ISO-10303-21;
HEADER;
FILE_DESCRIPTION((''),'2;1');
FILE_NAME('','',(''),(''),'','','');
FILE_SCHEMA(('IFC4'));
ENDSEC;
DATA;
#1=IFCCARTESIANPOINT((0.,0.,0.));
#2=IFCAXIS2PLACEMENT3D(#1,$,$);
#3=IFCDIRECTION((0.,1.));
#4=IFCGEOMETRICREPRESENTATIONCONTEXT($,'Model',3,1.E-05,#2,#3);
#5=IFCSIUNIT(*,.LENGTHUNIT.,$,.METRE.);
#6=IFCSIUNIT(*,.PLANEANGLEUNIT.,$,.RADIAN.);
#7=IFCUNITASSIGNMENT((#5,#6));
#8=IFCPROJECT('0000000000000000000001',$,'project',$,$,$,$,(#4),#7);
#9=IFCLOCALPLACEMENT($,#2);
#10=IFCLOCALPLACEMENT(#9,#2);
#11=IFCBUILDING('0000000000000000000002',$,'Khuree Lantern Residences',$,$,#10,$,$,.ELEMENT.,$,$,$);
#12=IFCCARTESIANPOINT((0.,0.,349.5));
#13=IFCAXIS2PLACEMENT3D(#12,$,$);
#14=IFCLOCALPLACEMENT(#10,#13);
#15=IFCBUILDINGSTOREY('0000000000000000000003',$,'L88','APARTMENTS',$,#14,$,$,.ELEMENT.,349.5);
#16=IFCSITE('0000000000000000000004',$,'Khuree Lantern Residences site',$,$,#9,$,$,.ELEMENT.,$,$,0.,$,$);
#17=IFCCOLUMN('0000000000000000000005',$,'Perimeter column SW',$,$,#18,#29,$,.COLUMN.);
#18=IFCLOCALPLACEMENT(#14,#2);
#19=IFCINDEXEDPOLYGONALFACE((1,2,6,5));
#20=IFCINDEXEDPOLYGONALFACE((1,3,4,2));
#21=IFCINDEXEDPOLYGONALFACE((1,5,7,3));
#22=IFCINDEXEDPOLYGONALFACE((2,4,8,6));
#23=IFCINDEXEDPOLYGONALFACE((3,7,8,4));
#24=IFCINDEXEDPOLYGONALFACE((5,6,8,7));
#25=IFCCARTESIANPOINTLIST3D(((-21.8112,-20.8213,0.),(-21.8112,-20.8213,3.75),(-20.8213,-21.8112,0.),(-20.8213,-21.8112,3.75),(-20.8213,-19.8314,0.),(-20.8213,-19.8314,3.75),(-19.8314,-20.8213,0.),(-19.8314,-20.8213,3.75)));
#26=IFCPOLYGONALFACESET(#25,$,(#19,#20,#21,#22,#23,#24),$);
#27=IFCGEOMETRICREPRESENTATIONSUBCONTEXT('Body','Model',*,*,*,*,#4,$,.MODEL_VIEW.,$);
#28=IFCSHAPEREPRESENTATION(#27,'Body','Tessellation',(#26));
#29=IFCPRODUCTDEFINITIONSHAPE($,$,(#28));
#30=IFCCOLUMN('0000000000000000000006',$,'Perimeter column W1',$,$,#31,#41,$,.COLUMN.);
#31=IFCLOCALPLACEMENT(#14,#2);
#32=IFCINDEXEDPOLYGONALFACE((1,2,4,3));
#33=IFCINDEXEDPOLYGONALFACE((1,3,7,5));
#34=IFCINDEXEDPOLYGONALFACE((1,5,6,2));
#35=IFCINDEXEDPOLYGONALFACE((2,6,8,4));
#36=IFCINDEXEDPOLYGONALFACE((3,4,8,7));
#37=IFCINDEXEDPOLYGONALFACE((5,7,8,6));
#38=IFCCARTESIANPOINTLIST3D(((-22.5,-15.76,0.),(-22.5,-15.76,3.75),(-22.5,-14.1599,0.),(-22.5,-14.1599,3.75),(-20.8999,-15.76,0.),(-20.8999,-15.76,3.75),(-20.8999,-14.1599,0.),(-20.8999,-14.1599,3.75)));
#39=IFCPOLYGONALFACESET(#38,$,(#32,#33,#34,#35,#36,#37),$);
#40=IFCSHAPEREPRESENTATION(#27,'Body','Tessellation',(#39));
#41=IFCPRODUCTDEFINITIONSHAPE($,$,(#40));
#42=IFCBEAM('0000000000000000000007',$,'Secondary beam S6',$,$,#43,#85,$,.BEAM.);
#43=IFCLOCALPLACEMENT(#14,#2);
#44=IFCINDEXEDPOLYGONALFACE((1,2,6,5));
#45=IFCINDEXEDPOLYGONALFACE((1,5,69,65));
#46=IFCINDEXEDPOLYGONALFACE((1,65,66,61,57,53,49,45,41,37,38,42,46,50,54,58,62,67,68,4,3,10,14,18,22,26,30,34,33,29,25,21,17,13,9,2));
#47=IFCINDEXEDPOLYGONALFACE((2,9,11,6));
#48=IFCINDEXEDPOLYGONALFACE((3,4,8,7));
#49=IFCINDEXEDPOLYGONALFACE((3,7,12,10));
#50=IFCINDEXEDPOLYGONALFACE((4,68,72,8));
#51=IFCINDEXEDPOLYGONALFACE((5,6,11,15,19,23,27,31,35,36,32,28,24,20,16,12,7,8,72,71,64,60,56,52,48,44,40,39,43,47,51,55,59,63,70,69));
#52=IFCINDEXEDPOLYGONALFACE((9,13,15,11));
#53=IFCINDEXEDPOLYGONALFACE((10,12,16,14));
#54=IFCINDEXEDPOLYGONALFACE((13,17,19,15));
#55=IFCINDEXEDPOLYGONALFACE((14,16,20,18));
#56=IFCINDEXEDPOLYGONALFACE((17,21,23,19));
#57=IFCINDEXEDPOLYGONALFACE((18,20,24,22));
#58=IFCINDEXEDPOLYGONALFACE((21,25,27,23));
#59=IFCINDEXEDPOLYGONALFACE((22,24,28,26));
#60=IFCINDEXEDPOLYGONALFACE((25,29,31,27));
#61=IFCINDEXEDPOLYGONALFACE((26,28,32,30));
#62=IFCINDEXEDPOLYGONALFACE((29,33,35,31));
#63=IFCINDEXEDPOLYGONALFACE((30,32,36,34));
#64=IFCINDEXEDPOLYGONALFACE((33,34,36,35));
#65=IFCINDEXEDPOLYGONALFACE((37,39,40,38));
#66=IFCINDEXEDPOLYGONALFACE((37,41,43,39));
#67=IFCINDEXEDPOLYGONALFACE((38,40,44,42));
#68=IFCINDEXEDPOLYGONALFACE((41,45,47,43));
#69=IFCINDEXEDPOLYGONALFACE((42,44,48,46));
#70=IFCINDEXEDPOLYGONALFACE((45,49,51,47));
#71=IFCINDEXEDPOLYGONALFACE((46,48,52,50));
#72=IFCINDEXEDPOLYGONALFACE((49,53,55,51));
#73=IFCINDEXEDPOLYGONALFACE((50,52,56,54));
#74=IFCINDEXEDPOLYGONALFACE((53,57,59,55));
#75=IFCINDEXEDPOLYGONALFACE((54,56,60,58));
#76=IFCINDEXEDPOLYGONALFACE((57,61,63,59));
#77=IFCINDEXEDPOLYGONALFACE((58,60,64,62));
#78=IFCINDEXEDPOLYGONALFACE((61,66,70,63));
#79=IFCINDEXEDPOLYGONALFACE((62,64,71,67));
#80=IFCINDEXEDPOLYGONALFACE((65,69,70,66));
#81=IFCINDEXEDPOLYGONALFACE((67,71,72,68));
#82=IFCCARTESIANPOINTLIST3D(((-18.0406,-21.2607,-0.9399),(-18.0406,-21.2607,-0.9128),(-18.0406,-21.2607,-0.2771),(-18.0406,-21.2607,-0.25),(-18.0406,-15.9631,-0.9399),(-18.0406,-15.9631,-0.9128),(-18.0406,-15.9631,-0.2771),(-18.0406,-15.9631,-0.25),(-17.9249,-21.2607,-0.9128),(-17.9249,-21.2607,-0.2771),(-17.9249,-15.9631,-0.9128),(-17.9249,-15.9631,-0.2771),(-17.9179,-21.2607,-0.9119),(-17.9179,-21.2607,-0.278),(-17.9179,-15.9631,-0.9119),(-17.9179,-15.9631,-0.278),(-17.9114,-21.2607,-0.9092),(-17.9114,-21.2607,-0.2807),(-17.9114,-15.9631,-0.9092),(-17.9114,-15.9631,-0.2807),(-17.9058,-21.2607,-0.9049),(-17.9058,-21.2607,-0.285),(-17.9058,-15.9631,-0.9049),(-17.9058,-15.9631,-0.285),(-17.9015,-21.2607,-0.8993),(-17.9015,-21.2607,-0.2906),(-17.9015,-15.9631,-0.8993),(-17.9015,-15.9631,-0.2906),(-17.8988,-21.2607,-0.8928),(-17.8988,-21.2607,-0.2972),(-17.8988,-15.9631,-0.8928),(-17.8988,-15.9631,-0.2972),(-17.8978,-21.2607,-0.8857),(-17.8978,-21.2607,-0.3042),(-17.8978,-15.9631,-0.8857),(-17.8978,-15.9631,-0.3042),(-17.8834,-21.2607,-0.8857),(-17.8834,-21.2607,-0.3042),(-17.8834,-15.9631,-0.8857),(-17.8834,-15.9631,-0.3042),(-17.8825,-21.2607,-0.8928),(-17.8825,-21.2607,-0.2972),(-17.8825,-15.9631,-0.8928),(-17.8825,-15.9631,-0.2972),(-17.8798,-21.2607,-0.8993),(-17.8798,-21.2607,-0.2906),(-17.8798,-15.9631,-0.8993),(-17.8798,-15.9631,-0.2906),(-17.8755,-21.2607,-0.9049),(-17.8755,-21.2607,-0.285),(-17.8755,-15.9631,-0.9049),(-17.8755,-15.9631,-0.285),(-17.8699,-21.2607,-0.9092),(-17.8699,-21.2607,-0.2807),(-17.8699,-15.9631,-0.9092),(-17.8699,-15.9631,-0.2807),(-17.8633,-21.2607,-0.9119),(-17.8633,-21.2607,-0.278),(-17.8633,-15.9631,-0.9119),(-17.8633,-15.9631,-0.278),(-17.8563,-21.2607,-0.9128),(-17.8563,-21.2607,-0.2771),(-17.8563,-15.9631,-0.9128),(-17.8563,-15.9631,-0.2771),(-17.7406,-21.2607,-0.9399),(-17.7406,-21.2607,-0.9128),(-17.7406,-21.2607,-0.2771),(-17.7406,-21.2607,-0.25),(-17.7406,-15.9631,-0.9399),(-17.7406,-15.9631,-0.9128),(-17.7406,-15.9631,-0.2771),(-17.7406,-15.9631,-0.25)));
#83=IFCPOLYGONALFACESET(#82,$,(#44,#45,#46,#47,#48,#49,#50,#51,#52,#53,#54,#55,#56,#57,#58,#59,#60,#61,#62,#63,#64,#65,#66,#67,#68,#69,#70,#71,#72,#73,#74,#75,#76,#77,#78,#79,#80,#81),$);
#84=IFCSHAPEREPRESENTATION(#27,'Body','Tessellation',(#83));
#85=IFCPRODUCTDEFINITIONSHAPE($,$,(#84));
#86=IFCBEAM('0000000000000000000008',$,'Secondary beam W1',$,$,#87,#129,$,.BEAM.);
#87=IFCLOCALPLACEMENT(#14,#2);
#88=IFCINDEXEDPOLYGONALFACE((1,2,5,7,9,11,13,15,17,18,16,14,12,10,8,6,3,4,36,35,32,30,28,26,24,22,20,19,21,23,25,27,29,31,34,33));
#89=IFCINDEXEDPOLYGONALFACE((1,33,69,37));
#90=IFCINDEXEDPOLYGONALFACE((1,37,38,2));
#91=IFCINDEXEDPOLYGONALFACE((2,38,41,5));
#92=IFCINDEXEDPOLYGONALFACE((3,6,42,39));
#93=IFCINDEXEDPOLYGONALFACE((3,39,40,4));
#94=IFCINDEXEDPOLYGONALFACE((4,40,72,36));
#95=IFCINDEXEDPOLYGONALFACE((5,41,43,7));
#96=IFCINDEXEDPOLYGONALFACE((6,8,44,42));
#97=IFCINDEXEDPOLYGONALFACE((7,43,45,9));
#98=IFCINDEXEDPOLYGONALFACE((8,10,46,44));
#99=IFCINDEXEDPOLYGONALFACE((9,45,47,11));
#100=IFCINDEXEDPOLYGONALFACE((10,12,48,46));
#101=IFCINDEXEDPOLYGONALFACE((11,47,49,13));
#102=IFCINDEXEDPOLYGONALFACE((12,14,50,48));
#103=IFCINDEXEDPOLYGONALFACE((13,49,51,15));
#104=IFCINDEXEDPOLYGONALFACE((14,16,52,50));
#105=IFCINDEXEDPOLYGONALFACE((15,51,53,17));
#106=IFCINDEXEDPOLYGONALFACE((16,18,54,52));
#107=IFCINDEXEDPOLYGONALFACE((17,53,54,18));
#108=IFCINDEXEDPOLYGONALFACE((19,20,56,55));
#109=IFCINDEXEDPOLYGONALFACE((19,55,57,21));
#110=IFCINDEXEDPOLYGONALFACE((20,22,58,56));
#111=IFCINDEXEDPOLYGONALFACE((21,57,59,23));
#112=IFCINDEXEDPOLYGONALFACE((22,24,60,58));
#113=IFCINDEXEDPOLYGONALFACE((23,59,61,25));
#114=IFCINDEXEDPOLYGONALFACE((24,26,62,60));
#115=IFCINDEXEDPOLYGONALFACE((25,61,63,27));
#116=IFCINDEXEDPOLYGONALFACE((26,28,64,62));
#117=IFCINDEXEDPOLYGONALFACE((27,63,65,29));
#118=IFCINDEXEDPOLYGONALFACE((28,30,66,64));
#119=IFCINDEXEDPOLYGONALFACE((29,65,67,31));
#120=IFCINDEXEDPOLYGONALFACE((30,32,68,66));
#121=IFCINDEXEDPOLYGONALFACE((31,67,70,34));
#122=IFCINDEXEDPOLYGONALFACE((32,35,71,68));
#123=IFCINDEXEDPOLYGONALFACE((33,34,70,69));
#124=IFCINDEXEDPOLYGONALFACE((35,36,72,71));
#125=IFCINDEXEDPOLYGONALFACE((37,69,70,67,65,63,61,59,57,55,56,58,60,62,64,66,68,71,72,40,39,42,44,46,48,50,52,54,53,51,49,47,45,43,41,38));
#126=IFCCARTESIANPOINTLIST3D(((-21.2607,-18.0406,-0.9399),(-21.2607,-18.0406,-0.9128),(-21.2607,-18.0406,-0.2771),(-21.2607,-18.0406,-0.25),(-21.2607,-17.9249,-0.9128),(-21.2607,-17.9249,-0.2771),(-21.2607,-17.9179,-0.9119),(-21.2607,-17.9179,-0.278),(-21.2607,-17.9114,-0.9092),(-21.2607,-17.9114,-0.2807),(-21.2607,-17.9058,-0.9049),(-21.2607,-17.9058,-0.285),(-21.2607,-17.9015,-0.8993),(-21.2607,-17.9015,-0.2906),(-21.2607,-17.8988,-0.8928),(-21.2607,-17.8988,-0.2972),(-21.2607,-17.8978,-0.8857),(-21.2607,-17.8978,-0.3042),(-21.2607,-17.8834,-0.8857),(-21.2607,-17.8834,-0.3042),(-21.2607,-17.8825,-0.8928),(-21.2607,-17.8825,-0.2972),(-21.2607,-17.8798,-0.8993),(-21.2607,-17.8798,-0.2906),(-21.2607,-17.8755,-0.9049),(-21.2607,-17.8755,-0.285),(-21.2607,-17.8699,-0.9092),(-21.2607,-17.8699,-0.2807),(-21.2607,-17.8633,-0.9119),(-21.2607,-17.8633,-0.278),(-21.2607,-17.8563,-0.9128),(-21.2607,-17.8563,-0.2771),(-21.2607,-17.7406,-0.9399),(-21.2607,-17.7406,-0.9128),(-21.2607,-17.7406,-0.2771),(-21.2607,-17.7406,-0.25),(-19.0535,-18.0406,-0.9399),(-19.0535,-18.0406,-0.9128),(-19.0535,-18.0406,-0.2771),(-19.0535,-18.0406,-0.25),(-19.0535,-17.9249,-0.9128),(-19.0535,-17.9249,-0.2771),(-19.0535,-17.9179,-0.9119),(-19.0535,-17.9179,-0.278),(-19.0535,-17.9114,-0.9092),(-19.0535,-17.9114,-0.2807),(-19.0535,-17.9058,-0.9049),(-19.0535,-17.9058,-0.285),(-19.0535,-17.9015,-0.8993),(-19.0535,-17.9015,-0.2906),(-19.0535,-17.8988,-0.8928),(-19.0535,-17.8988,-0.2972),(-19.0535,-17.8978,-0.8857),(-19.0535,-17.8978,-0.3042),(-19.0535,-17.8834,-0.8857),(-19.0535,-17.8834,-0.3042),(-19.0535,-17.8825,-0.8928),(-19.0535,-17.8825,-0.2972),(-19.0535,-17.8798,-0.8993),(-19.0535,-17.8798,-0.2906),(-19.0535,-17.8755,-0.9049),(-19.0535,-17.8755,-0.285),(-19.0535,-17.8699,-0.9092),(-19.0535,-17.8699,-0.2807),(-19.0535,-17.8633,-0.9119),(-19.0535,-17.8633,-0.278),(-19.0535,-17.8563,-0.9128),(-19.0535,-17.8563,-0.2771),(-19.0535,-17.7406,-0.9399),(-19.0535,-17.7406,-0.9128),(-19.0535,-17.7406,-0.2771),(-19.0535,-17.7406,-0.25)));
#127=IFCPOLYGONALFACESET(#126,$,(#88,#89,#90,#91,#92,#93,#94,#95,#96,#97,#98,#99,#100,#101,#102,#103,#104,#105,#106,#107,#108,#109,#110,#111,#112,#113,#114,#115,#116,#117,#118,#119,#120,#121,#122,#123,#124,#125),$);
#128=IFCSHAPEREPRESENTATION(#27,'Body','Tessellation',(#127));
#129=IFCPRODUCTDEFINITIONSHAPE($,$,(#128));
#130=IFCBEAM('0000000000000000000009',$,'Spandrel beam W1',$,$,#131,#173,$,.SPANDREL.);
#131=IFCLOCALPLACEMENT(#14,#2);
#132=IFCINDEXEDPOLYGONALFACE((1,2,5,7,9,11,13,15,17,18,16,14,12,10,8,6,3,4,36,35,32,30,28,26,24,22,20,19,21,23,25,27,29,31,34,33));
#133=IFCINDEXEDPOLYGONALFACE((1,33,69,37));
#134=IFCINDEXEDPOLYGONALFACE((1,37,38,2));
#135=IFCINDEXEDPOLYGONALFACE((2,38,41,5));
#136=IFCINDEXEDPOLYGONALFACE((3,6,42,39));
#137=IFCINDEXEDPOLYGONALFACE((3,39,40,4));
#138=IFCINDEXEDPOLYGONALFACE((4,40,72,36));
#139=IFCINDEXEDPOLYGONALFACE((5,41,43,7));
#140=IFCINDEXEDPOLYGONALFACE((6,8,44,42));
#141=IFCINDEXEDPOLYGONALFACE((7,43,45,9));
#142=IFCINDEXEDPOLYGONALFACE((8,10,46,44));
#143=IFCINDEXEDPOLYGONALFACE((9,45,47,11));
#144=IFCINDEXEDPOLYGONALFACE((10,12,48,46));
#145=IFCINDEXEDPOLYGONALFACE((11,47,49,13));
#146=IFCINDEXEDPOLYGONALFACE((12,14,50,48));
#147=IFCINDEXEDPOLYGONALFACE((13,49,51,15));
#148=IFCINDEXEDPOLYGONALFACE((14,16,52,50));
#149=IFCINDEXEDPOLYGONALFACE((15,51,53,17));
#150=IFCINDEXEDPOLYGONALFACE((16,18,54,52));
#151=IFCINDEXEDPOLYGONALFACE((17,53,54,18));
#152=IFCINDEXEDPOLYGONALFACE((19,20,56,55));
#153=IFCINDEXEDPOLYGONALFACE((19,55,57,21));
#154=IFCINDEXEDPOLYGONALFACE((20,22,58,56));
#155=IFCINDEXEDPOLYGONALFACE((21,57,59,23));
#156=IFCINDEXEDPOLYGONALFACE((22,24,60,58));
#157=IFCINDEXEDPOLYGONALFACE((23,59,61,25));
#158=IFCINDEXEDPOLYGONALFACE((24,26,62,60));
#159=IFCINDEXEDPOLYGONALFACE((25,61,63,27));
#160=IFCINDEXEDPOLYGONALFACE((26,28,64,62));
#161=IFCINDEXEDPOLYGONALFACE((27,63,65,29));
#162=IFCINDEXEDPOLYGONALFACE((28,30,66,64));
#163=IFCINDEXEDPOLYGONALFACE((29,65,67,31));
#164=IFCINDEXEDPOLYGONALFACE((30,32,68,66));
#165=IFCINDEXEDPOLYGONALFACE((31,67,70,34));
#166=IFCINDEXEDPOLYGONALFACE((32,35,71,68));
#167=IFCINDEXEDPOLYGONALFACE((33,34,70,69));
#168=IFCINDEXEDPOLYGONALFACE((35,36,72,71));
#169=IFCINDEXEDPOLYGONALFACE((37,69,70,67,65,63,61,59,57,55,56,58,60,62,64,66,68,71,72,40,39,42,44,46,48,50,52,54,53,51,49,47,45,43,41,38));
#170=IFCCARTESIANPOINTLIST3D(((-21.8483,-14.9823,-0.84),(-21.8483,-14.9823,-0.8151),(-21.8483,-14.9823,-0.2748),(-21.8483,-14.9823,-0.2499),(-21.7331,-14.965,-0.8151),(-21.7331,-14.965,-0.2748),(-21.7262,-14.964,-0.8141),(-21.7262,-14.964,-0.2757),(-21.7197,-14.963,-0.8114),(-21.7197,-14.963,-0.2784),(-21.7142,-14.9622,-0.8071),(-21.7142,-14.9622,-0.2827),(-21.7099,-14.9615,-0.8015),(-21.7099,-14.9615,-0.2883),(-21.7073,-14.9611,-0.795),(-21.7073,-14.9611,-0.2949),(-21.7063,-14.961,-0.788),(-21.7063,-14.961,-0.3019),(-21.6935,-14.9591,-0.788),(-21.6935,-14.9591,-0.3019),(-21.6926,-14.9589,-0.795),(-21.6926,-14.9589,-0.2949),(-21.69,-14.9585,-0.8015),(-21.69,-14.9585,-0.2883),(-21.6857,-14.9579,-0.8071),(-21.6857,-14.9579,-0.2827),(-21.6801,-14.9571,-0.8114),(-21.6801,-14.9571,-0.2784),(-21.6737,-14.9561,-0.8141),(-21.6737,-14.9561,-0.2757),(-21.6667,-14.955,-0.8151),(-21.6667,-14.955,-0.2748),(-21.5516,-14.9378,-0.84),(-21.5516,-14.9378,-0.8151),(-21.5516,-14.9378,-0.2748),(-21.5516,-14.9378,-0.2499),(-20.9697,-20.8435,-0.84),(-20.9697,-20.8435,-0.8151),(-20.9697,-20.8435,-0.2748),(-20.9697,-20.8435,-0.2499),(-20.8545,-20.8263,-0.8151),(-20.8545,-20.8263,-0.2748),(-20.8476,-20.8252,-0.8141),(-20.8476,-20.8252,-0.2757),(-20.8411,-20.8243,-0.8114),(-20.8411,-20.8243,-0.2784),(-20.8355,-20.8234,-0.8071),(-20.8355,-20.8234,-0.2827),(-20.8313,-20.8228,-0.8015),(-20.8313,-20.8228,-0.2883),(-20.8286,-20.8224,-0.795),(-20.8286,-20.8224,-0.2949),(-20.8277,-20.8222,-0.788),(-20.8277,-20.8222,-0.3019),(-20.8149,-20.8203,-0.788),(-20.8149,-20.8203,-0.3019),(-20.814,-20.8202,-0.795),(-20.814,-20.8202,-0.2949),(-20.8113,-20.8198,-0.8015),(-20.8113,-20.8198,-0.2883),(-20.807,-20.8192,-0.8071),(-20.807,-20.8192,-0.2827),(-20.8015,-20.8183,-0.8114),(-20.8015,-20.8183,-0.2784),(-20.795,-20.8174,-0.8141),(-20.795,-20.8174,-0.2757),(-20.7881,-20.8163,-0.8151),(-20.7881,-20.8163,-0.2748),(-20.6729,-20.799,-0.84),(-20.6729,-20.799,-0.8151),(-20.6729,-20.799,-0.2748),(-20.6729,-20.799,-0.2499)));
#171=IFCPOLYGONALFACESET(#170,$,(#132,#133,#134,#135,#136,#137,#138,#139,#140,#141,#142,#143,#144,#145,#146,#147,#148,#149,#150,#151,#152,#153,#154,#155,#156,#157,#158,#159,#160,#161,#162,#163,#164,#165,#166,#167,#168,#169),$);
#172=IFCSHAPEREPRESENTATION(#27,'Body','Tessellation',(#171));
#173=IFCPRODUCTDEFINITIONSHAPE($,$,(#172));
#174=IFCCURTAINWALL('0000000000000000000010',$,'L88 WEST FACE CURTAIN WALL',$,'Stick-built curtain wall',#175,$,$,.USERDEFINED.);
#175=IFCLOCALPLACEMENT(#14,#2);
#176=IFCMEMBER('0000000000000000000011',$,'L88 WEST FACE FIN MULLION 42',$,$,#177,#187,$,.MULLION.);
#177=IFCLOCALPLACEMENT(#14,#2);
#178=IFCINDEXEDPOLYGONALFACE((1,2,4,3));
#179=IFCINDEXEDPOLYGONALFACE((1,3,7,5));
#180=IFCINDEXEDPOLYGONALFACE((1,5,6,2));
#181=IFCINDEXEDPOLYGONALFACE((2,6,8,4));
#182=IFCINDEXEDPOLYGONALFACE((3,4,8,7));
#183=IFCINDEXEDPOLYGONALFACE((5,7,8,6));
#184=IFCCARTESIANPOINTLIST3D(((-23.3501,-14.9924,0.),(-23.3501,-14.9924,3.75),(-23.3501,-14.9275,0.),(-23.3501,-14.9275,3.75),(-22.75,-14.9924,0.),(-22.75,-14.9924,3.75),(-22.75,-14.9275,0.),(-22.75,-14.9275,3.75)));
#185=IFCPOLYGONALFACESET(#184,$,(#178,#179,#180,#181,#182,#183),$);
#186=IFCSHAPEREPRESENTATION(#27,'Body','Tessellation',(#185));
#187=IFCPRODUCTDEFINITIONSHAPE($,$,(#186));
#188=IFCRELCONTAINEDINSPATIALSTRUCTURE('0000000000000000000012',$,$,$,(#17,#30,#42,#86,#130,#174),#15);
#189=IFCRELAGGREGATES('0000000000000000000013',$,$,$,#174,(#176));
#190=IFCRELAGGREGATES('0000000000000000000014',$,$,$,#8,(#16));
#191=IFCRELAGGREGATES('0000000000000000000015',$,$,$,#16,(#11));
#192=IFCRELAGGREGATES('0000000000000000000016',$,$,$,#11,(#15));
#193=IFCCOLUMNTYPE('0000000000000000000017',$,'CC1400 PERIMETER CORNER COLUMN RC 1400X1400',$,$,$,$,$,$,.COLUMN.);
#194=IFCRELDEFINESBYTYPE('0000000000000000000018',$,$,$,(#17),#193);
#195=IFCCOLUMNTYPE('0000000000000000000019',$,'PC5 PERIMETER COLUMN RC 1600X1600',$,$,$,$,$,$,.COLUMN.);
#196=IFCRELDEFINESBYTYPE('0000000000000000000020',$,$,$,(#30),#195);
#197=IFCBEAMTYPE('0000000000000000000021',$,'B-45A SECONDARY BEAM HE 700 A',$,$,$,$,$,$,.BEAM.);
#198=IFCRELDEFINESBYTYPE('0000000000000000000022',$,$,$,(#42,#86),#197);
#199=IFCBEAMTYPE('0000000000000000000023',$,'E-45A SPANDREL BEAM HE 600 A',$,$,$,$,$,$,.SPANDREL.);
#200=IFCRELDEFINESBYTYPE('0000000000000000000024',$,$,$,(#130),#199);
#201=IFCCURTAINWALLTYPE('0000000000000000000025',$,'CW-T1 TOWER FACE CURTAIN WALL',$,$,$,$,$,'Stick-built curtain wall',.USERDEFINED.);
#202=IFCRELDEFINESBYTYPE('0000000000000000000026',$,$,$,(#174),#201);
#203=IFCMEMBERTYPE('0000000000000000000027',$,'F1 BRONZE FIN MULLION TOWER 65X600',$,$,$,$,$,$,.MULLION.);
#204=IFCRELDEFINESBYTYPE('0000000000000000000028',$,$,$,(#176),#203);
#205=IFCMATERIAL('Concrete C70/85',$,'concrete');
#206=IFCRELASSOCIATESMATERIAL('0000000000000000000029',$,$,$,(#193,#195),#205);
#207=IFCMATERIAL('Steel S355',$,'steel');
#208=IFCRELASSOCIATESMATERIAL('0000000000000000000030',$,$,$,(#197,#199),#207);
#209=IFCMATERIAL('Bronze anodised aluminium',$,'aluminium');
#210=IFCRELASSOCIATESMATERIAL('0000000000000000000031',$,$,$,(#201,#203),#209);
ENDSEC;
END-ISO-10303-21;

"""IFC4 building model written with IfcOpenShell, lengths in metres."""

from ifc_helpers import new_model, si_unit, direction, frame, origin, origin_2d, place, context, subcontext, project, spatial, rectangle, i_section, extrude, material, material_profile, profile_set, type_object, element, aggregate, save


model = new_model("IFC4")

# Units and contexts
model_context = context("Model", 3, precision=1e-05, world=origin(), true_north=direction((0.0, 1.0)))
body_context = subcontext(model_context, "Body", "Model", "MODEL_VIEW")
ifc_project = project(units=[si_unit("LENGTHUNIT", "METRE"), si_unit("PLANEANGLEUNIT", "RADIAN")], contexts=[model_context])

# Site, building, storey
site_placement = place(None, origin())
site = spatial("IfcSite", under=ifc_project, at=site_placement, Name="Khuree Lantern Residences site", CompositionType="ELEMENT", RefElevation=0.0)
building_placement = place(site_placement, origin())
building = spatial("IfcBuilding", under=site, at=building_placement, Name="Khuree Lantern Residences", CompositionType="ELEMENT")
storey_placement = place(building_placement, frame((0.0, 0.0, 349.5)))
storey = spatial("IfcBuildingStorey", under=building, at=storey_placement, Name="L88", Description="APARTMENTS", CompositionType="ELEMENT", Elevation=349.5)

# Columns
ifc_material_1 = material(Name="Concrete C70/85", Category="concrete")
ifc_material_profile_1 = material_profile(ifc_material_1, rectangle(XDim=1.3999, YDim=1.3999, at=origin_2d()), Name="RC 1400X1400")
ifc_profile_set_1 = profile_set([ifc_material_profile_1], Name="Concrete C70/85")
column_type_1 = type_object("IfcColumnType", Name="CC1400 PERIMETER CORNER COLUMN RC 1400X1400", PredefinedType="COLUMN", material=ifc_profile_set_1)
column_1_placement = place(storey_placement, frame((-20.8213, -20.8213, 0.0), z_axis=(0.0, 0.0, 1.0), x_axis=(0.707107, -0.707107, 0.0)))
element("IfcColumn", 1, at=column_1_placement, inside=storey, type_object=column_type_1, Name="Perimeter column SW", PredefinedType="COLUMN", context=body_context, shape_type="SweptSolid", body=[
    extrude(rectangle(XDim=1.3999, YDim=1.3999, at=origin_2d()), origin(), (0.0, 0.0, 1.0), 3.75),
])
ifc_material_profile_2 = material_profile(ifc_material_1, rectangle(XDim=1.6001, YDim=1.6001, at=origin_2d()), Name="RC 1600X1600")
ifc_profile_set_2 = profile_set([ifc_material_profile_2], Name="Concrete C70/85")
column_type_2 = type_object("IfcColumnType", Name="PC5 PERIMETER COLUMN RC 1600X1600", PredefinedType="COLUMN", material=ifc_profile_set_2)
column_2_placement = place(storey_placement, frame((-21.7, -14.96, 0.0), z_axis=(0.0, 0.0, 1.0), x_axis=(0.0, 1.0, 0.0)))
element("IfcColumn", 2, at=column_2_placement, inside=storey, type_object=column_type_2, Name="Perimeter column W1", PredefinedType="COLUMN", context=body_context, shape_type="SweptSolid", body=[
    extrude(rectangle(XDim=1.6001, YDim=1.6001, at=origin_2d()), origin(), (0.0, 0.0, 1.0), 3.75),
])

# Beams
ifc_material_2 = material(Name="Steel S355", Category="steel")
ifc_material_profile_3 = material_profile(ifc_material_2, i_section(OverallWidth=0.3, OverallDepth=0.6899, WebThickness=0.0144, FlangeThickness=0.0271, FilletRadius=0.0271, at=origin_2d()), Name="HE 700 A")
ifc_profile_set_3 = profile_set([ifc_material_profile_3], Name="Steel S355")
beam_type_1 = type_object("IfcBeamType", Name="B-45A SECONDARY BEAM HE 700 A", PredefinedType="BEAM", material=ifc_profile_set_3)
beam_1_placement = place(storey_placement, frame((-17.8906, -21.2607, -0.595), z_axis=(0.0, 1.0, 0.0), x_axis=(-1.0, 0.0, 0.0)))
element("IfcBeam", 3, at=beam_1_placement, inside=storey, type_object=beam_type_1, Name="Secondary beam S6", PredefinedType="BEAM", context=body_context, shape_type="SweptSolid", body=[
    extrude(i_section(OverallWidth=0.3, OverallDepth=0.6899, WebThickness=0.0144, FlangeThickness=0.0271, FilletRadius=0.0271, at=origin_2d()), origin(), (0.0, 0.0, 1.0), 5.2976),
])
beam_2_placement = place(storey_placement, frame((-21.2607, -17.8906, -0.595), z_axis=(1.0, 0.0, 0.0), x_axis=(0.0, 1.0, 0.0)))
element("IfcBeam", 4, at=beam_2_placement, inside=storey, type_object=beam_type_1, Name="Secondary beam W1", PredefinedType="BEAM", context=body_context, shape_type="SweptSolid", body=[
    extrude(i_section(OverallWidth=0.3, OverallDepth=0.6899, WebThickness=0.0144, FlangeThickness=0.0271, FilletRadius=0.0271, at=origin_2d()), origin(), (0.0, 0.0, 1.0), 2.2073),
])
ifc_material_profile_4 = material_profile(ifc_material_2, i_section(OverallWidth=0.3, OverallDepth=0.5901, WebThickness=0.0129, FlangeThickness=0.0249, FilletRadius=0.0271, at=origin_2d()), Name="HE 600 A")
ifc_profile_set_4 = profile_set([ifc_material_profile_4], Name="Steel S355")
beam_type_2 = type_object("IfcBeamType", Name="E-45A SPANDREL BEAM HE 600 A", PredefinedType="SPANDREL", material=ifc_profile_set_4)
beam_3_placement = place(storey_placement, frame((-20.8213, -20.8213, -0.5449), z_axis=(-0.148252, 0.98895, 0.0), x_axis=(-0.98895, -0.148252, 0.0)))
element("IfcBeam", 5, at=beam_3_placement, inside=storey, type_object=beam_type_2, Name="Spandrel beam W1", PredefinedType="SPANDREL", context=body_context, shape_type="SweptSolid", body=[
    extrude(i_section(OverallWidth=0.3, OverallDepth=0.5901, WebThickness=0.0129, FlangeThickness=0.0249, FilletRadius=0.0271, at=origin_2d()), origin(), (0.0, 0.0, 1.0), 5.9268),
])

# Curtain wall, member
ifc_material_3 = material(Name="Bronze anodised aluminium", Category="aluminium")
curtain_wall_type_1 = type_object("IfcCurtainWallType", Name="CW-T1 TOWER FACE CURTAIN WALL", ElementType="Stick-built curtain wall", PredefinedType="USERDEFINED", material=ifc_material_3)
curtain_wall_1_placement = place(storey_placement, origin())
curtain_wall_1 = element("IfcCurtainWall", 6, at=curtain_wall_1_placement, inside=storey, type_object=curtain_wall_type_1, Name="L88 WEST FACE CURTAIN WALL", ObjectType="Stick-built curtain wall", PredefinedType="USERDEFINED")
ifc_material_profile_5 = material_profile(ifc_material_3, rectangle(XDim=0.0649, YDim=0.6001, at=origin_2d()), Name="F1 65X600")
ifc_profile_set_5 = profile_set([ifc_material_profile_5], Name="Bronze anodised aluminium")
member_type_1 = type_object("IfcMemberType", Name="F1 BRONZE FIN MULLION TOWER 65X600", PredefinedType="MULLION", material=ifc_profile_set_5)
member_1_placement = place(storey_placement, frame((-23.05, -14.96, 0.0), z_axis=(0.0, 0.0, 1.0), x_axis=(0.0, -1.0, 0.0)))
member_1 = element("IfcMember", 7, at=member_1_placement, type_object=member_type_1, Name="L88 WEST FACE FIN MULLION 42", PredefinedType="MULLION", context=body_context, shape_type="SweptSolid", body=[
    extrude(rectangle(XDim=0.0649, YDim=0.6001, at=origin_2d()), origin(), (0.0, 0.0, 1.0), 3.75),
])

aggregate(curtain_wall_1, [member_1])

save(model, "model.ifc")
